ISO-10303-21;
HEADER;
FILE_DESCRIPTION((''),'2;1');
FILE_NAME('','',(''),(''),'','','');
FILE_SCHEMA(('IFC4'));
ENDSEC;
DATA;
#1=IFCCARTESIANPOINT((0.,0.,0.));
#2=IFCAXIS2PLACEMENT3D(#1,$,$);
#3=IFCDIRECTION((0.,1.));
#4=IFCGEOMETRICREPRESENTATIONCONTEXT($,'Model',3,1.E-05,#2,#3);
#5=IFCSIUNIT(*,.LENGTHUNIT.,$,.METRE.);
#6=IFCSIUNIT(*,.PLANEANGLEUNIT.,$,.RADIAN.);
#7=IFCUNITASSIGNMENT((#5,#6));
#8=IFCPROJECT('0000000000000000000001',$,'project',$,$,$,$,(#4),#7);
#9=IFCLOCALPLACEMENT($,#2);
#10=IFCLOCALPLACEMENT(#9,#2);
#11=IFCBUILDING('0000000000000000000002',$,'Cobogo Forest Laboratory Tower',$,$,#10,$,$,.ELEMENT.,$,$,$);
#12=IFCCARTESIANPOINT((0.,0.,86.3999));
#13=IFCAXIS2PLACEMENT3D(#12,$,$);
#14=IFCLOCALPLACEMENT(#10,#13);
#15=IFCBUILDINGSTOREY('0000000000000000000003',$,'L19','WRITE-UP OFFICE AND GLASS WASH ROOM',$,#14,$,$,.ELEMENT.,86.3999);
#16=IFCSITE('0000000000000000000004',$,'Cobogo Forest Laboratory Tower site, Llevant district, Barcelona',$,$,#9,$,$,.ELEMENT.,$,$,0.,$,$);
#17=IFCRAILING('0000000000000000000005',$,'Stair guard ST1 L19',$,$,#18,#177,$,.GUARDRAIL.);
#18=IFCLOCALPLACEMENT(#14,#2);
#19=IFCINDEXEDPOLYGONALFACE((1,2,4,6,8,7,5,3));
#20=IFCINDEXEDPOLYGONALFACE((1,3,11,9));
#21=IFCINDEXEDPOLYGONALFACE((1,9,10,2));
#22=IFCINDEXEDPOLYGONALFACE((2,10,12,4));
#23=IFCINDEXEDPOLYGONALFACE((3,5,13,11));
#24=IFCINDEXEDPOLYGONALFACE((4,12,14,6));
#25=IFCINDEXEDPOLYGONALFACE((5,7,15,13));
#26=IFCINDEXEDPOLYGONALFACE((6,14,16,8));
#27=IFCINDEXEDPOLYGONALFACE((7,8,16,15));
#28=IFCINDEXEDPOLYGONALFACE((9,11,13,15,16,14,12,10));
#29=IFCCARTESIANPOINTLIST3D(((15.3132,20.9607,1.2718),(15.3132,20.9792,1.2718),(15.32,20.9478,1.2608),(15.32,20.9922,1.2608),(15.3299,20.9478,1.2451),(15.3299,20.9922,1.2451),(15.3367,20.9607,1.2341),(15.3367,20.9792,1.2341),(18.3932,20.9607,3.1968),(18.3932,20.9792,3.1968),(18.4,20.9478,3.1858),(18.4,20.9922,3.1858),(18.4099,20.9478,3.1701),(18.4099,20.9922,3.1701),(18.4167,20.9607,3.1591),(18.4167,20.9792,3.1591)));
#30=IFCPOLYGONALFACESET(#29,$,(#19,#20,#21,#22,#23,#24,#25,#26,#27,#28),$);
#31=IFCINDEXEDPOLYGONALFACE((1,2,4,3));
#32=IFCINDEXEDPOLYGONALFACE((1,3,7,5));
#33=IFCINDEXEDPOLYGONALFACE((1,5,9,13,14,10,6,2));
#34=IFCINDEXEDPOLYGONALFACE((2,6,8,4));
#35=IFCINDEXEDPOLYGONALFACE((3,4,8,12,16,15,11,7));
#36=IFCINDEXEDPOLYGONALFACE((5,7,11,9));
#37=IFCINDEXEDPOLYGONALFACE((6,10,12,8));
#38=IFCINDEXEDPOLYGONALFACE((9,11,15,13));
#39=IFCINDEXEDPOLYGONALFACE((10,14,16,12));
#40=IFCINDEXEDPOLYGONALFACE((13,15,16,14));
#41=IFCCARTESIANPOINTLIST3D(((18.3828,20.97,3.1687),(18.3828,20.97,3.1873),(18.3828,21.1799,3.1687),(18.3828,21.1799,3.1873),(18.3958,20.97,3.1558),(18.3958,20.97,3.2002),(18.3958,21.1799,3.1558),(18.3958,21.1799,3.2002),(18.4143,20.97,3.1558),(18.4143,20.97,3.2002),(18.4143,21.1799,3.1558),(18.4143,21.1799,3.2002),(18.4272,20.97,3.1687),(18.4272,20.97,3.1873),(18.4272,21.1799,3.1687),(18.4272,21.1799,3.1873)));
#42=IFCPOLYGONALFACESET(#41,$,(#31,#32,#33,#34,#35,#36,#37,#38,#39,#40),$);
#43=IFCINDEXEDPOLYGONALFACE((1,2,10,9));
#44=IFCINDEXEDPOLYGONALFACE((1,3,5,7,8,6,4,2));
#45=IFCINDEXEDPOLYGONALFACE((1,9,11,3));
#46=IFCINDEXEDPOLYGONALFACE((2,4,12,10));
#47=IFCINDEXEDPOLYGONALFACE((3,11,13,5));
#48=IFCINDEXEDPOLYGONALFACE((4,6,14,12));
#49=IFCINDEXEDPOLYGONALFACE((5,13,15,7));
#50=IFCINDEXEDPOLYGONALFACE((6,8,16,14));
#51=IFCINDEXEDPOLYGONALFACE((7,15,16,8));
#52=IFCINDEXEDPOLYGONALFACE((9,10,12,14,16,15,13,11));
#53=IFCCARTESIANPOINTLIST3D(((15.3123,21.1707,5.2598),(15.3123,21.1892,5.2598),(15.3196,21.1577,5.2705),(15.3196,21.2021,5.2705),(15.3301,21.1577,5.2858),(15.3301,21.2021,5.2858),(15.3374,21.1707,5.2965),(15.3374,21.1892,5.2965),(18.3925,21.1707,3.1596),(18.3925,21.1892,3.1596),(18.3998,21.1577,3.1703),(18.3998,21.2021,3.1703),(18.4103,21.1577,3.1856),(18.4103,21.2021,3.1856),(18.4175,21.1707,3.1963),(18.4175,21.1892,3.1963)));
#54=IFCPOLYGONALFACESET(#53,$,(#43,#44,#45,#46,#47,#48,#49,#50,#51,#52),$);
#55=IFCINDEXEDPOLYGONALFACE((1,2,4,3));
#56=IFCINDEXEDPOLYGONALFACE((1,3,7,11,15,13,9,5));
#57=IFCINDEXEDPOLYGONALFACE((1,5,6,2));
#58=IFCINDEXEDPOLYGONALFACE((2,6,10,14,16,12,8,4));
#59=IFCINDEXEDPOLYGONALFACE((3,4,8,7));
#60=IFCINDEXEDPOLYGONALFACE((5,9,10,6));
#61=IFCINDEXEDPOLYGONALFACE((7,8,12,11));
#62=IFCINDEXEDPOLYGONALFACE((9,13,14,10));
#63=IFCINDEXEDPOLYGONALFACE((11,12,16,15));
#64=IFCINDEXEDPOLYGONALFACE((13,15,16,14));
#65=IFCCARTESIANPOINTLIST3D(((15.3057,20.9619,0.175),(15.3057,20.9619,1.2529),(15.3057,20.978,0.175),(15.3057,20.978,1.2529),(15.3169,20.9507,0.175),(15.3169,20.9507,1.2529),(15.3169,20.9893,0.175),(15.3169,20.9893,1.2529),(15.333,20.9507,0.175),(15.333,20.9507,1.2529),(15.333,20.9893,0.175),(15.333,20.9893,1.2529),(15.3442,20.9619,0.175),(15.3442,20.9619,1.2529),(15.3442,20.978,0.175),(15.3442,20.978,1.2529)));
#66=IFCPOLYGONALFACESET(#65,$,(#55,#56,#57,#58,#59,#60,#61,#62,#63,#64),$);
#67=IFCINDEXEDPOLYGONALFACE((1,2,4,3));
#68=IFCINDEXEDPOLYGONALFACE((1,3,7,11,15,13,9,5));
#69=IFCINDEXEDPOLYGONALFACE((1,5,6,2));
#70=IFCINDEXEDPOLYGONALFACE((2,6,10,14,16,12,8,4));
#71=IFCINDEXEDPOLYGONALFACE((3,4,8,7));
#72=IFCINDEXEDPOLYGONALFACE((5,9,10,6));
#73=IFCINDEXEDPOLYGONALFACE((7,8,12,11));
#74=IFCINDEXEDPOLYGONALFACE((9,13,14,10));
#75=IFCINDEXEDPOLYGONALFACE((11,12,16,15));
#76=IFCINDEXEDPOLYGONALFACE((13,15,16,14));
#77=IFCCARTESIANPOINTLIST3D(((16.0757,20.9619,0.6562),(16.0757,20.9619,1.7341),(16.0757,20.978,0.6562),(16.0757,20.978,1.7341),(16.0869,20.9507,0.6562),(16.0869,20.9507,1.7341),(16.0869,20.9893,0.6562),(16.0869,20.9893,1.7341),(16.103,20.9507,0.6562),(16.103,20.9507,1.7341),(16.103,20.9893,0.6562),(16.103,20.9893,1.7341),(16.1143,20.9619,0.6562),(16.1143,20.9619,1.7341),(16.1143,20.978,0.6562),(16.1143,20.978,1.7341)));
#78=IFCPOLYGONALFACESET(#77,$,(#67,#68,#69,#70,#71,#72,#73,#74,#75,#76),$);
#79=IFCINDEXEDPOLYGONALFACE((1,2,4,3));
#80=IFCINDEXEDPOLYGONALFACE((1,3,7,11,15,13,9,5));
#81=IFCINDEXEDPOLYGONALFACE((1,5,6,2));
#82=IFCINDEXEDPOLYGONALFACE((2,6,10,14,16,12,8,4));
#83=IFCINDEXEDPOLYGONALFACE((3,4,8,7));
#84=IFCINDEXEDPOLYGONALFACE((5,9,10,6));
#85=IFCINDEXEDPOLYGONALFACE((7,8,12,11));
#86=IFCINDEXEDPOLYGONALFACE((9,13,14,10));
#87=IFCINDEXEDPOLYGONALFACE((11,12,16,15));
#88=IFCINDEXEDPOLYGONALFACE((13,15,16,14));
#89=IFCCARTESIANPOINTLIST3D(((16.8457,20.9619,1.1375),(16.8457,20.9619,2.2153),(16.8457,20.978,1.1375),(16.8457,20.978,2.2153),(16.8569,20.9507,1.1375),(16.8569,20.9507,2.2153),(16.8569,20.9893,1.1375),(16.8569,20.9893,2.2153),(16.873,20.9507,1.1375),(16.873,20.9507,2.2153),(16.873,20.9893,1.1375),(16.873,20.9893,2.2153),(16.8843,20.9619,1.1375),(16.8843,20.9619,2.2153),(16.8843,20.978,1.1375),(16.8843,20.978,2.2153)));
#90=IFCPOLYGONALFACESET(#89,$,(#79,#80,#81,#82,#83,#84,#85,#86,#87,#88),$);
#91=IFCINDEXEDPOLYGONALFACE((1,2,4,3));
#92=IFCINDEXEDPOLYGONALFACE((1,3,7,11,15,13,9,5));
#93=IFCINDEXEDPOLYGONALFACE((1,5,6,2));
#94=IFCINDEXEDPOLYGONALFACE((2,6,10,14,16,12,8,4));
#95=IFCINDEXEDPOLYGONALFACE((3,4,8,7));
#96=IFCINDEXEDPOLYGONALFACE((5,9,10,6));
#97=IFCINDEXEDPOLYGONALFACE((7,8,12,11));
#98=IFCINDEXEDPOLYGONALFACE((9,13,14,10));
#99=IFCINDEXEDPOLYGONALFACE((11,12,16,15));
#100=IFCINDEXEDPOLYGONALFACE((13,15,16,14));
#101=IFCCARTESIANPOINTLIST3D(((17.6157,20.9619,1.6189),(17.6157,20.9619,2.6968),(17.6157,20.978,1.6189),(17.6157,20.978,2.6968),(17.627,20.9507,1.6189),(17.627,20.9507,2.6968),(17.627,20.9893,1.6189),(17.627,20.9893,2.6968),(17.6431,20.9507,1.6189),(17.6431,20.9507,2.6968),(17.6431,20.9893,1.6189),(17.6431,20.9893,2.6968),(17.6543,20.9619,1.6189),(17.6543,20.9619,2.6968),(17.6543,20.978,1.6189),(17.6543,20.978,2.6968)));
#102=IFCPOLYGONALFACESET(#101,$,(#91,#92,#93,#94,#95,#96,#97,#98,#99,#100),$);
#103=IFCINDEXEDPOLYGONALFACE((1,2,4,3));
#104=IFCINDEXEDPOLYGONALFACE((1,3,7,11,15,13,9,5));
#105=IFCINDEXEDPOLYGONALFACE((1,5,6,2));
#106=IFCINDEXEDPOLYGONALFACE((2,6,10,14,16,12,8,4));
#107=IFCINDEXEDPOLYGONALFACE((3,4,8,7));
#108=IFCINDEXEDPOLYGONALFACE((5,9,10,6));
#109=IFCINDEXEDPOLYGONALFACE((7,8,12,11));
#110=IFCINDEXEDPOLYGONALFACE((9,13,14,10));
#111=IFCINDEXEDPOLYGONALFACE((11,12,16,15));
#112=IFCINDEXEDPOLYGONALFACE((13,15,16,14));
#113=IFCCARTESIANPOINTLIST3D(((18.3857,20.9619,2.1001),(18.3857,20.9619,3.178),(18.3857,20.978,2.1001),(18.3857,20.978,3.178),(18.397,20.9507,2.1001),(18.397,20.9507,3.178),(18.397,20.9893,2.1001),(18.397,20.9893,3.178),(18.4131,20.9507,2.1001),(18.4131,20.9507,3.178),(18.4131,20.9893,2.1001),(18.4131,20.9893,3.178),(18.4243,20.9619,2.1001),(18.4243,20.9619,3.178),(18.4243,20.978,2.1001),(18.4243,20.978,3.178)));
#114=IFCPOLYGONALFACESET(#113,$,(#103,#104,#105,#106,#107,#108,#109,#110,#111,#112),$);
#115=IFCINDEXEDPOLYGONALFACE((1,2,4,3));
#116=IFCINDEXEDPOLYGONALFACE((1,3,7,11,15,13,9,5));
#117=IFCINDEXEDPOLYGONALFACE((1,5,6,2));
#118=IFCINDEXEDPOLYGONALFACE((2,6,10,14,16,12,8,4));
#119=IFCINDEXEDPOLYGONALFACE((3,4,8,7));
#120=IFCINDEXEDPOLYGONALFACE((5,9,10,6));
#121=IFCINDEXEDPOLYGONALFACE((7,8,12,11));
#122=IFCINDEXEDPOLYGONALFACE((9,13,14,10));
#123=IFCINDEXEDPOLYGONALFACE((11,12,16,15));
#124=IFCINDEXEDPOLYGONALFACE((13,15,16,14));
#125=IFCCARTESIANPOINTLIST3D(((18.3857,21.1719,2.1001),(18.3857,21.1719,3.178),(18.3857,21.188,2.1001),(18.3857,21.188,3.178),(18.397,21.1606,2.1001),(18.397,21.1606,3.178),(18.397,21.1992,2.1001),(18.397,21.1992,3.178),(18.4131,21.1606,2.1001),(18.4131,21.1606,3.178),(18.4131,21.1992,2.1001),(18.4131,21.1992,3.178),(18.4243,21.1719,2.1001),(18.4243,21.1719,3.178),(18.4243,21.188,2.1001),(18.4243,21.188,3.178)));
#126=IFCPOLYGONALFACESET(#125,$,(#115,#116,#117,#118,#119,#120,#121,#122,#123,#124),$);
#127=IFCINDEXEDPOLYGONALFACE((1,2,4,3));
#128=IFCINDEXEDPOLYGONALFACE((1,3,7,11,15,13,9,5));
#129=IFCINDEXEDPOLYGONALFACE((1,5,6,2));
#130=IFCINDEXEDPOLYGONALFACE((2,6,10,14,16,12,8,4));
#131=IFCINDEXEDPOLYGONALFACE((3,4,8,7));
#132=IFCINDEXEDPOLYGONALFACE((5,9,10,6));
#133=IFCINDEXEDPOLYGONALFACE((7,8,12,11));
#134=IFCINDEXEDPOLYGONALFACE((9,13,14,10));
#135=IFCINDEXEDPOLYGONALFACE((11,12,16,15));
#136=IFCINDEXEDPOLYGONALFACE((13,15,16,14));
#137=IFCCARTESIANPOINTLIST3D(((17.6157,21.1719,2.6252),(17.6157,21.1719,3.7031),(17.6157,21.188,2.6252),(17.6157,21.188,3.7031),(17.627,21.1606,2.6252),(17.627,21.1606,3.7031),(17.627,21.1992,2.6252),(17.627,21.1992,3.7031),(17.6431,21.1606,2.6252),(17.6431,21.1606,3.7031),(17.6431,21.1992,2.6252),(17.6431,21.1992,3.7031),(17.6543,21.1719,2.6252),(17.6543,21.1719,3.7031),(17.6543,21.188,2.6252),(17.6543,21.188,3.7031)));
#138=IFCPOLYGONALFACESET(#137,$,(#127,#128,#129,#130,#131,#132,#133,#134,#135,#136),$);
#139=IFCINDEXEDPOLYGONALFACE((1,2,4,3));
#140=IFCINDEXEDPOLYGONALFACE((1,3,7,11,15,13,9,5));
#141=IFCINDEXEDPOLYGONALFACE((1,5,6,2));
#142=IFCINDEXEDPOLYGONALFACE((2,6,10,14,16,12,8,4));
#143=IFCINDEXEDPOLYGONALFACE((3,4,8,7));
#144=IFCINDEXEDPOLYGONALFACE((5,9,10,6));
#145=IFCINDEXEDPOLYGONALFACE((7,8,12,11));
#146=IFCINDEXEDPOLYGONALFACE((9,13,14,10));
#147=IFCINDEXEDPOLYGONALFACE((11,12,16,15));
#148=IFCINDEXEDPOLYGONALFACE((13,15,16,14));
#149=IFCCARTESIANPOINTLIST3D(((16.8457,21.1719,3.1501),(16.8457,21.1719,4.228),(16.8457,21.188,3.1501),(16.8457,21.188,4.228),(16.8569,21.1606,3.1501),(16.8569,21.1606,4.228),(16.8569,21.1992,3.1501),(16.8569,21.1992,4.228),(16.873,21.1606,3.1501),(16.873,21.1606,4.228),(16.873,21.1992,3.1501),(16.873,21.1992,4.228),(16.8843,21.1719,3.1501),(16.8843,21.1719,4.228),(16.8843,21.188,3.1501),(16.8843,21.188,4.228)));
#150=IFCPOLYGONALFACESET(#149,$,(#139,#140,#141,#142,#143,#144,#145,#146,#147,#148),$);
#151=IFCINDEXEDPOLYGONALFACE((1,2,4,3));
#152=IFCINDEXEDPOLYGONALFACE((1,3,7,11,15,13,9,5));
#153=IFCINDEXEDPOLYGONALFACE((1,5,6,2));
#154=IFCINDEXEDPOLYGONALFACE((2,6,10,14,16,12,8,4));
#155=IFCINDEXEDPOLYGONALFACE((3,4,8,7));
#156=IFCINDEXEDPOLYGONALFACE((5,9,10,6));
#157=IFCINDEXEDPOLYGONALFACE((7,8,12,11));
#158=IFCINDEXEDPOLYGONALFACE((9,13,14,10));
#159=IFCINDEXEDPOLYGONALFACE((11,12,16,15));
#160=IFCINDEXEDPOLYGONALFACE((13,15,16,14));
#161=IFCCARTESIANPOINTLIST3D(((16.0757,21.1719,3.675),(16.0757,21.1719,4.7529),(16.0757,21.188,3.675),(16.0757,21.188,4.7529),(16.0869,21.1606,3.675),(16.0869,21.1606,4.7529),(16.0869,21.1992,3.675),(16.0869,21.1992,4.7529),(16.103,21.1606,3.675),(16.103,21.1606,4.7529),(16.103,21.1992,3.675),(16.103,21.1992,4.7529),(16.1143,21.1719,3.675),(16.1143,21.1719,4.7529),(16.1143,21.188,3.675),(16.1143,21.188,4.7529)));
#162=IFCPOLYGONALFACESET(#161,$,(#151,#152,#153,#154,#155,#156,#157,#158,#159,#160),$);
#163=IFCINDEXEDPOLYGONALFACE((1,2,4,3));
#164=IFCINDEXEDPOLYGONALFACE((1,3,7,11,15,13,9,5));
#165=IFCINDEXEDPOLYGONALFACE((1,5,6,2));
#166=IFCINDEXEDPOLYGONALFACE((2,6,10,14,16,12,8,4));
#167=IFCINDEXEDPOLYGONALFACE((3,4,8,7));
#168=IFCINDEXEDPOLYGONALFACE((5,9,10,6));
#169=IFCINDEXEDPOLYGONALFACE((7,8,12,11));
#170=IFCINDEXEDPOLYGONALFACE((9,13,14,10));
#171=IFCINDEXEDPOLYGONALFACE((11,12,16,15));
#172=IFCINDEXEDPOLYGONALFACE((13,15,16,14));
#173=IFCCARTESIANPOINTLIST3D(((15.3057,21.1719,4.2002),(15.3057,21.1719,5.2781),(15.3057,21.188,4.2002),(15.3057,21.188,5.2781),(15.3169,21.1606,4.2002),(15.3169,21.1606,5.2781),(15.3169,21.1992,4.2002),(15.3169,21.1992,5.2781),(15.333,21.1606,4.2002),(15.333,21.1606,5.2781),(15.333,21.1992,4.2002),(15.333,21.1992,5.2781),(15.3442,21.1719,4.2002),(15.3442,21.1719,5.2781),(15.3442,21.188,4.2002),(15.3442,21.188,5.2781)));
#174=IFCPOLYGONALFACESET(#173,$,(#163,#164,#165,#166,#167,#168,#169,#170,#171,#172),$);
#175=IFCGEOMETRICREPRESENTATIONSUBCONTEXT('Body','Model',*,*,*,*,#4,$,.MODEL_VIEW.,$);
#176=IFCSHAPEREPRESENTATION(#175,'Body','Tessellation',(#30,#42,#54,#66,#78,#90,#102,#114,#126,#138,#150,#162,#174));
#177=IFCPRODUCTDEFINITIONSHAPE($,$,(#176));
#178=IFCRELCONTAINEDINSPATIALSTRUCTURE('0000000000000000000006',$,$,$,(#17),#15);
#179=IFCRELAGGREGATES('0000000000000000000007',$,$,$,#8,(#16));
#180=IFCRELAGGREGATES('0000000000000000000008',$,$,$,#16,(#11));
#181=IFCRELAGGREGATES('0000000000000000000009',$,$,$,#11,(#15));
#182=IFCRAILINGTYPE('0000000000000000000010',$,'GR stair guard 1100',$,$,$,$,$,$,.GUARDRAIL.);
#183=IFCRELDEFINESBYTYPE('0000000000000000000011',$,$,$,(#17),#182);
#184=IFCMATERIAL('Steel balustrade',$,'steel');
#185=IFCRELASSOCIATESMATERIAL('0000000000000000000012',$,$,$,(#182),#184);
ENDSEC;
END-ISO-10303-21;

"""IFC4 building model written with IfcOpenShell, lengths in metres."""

from ifc_helpers import new_model, si_unit, direction, frame, origin, place, context, subcontext, project, spatial, polyline, outline, extrude, material, type_object, element, save


model = new_model("IFC4")

# Units and contexts
model_context = context("Model", 3, precision=1e-05, world=origin(), true_north=direction((0.0, 1.0)))
body_context = subcontext(model_context, "Body", "Model", "MODEL_VIEW")
ifc_project = project(units=[si_unit("LENGTHUNIT", "METRE"), si_unit("PLANEANGLEUNIT", "RADIAN")], contexts=[model_context])

# Site, building, storey
site_placement = place(None, origin())
site = spatial("IfcSite", under=ifc_project, at=site_placement, Name="Cobogo Forest Laboratory Tower site, Llevant district, Barcelona", CompositionType="ELEMENT", RefElevation=0.0)
building_placement = place(site_placement, origin())
building = spatial("IfcBuilding", under=site, at=building_placement, Name="Cobogo Forest Laboratory Tower", CompositionType="ELEMENT")
storey_placement = place(building_placement, frame((0.0, 0.0, 86.3999)))
storey = spatial("IfcBuildingStorey", under=building, at=storey_placement, Name="L19", Description="WRITE-UP OFFICE AND GLASS WASH ROOM", CompositionType="ELEMENT", Elevation=86.3999)

# Railing
ifc_material_1 = material(Name="Steel balustrade", Category="steel")
railing_type_1 = type_object("IfcRailingType", Name="GR stair guard 1100", PredefinedType="GUARDRAIL", material=ifc_material_1)
railing_1_placement = place(storey_placement, frame((15.325, 20.97, 0.175)))
element("IfcRailing", 1, at=railing_1_placement, inside=storey, type_object=railing_type_1, Name="Stair guard ST1 L19", PredefinedType="GUARDRAIL", context=body_context, shape_type="SweptSolid", body=[
    extrude(outline(polyline([(0.0222, 0.0093), (0.0093, 0.0222), (-0.0093, 0.0222), (-0.0222, 0.0093), (-0.0222, -0.0093), (-0.0093, -0.0222), (0.0093, -0.0222), (0.0222, -0.0093), (0.0222, 0.0093)])), frame((0.0, 0.0, 1.0779), z_axis=(0.847998, 0.0, 0.529999), x_axis=(0.0, 1.0, 0.0)), (0.0, 0.0, 1.0), 3.6321),
    extrude(outline(polyline([(0.0222, 0.0093), (0.0093, 0.0222), (-0.0093, 0.0222), (-0.0222, 0.0093), (-0.0222, -0.0093), (-0.0093, -0.0222), (0.0093, -0.0222), (0.0222, -0.0093), (0.0222, 0.0093)])), frame((3.0801, 0.0, 3.0029), z_axis=(0.0, 1.0, 0.0), x_axis=(-1.0, 0.0, 0.0)), (0.0, 0.0, 1.0), 0.21),
    extrude(outline(polyline([(0.0222, 0.0093), (0.0093, 0.0222), (-0.0093, 0.0222), (-0.0222, 0.0093), (-0.0222, -0.0093), (-0.0093, -0.0222), (0.0093, -0.0222), (0.0222, -0.0093), (0.0222, 0.0093)])), frame((3.0801, 0.21, 3.0029), z_axis=(-0.826222, 0.0, 0.563345), x_axis=(0.0, -1.0, 0.0)), (0.0, 0.0, 1.0), 3.728),
    extrude(outline(polyline([(0.0193, 0.0081), (0.0081, 0.0193), (-0.0081, 0.0193), (-0.0193, 0.0081), (-0.0193, -0.0081), (-0.0081, -0.0193), (0.0081, -0.0193), (0.0193, -0.0081), (0.0193, 0.0081)])), origin(), (0.0, 0.0, 1.0), 1.0779),
    extrude(outline(polyline([(0.0193, 0.0081), (0.0081, 0.0193), (-0.0081, 0.0193), (-0.0193, 0.0081), (-0.0193, -0.0081), (-0.0081, -0.0193), (0.0081, -0.0193), (0.0193, -0.0081), (0.0193, 0.0081)])), frame((0.77, 0.0, 0.4812)), (0.0, 0.0, 1.0), 1.0779),
    extrude(outline(polyline([(0.0193, 0.0081), (0.0081, 0.0193), (-0.0081, 0.0193), (-0.0193, 0.0081), (-0.0193, -0.0081), (-0.0081, -0.0193), (0.0081, -0.0193), (0.0193, -0.0081), (0.0193, 0.0081)])), frame((1.54, 0.0, 0.9624)), (0.0, 0.0, 1.0), 1.0779),
    extrude(outline(polyline([(0.0193, 0.0081), (0.0081, 0.0193), (-0.0081, 0.0193), (-0.0193, 0.0081), (-0.0193, -0.0081), (-0.0081, -0.0193), (0.0081, -0.0193), (0.0193, -0.0081), (0.0193, 0.0081)])), frame((2.3101, 0.0, 1.4438)), (0.0, 0.0, 1.0), 1.0779),
    extrude(outline(polyline([(0.0193, 0.0081), (0.0081, 0.0193), (-0.0081, 0.0193), (-0.0193, 0.0081), (-0.0193, -0.0081), (-0.0081, -0.0193), (0.0081, -0.0193), (0.0193, -0.0081), (0.0193, 0.0081)])), frame((3.0801, 0.0, 1.925)), (0.0, 0.0, 1.0), 1.0779),
    extrude(outline(polyline([(0.0193, 0.0081), (0.0081, 0.0193), (-0.0081, 0.0193), (-0.0193, 0.0081), (-0.0193, -0.0081), (-0.0081, -0.0193), (0.0081, -0.0193), (0.0193, -0.0081), (0.0193, 0.0081)])), frame((3.0801, 0.21, 1.925)), (0.0, 0.0, 1.0), 1.0779),
    extrude(outline(polyline([(0.0193, 0.0081), (0.0081, 0.0193), (-0.0081, 0.0193), (-0.0193, 0.0081), (-0.0193, -0.0081), (-0.0081, -0.0193), (0.0081, -0.0193), (0.0193, -0.0081), (0.0193, 0.0081)])), frame((2.3101, 0.21, 2.4502)), (0.0, 0.0, 1.0), 1.0779),
    extrude(outline(polyline([(0.0193, 0.0081), (0.0081, 0.0193), (-0.0081, 0.0193), (-0.0193, 0.0081), (-0.0193, -0.0081), (-0.0081, -0.0193), (0.0081, -0.0193), (0.0193, -0.0081), (0.0193, 0.0081)])), frame((1.54, 0.21, 2.9751)), (0.0, 0.0, 1.0), 1.0779),
    extrude(outline(polyline([(0.0193, 0.0081), (0.0081, 0.0193), (-0.0081, 0.0193), (-0.0193, 0.0081), (-0.0193, -0.0081), (-0.0081, -0.0193), (0.0081, -0.0193), (0.0193, -0.0081), (0.0193, 0.0081)])), frame((0.77, 0.21, 3.5)), (0.0, 0.0, 1.0), 1.0779),
    extrude(outline(polyline([(0.0193, 0.0081), (0.0081, 0.0193), (-0.0081, 0.0193), (-0.0193, 0.0081), (-0.0193, -0.0081), (-0.0081, -0.0193), (0.0081, -0.0193), (0.0193, -0.0081), (0.0193, 0.0081)])), frame((0.0, 0.21, 4.0251)), (0.0, 0.0, 1.0), 1.0779),
])

save(model, "model.ifc")
